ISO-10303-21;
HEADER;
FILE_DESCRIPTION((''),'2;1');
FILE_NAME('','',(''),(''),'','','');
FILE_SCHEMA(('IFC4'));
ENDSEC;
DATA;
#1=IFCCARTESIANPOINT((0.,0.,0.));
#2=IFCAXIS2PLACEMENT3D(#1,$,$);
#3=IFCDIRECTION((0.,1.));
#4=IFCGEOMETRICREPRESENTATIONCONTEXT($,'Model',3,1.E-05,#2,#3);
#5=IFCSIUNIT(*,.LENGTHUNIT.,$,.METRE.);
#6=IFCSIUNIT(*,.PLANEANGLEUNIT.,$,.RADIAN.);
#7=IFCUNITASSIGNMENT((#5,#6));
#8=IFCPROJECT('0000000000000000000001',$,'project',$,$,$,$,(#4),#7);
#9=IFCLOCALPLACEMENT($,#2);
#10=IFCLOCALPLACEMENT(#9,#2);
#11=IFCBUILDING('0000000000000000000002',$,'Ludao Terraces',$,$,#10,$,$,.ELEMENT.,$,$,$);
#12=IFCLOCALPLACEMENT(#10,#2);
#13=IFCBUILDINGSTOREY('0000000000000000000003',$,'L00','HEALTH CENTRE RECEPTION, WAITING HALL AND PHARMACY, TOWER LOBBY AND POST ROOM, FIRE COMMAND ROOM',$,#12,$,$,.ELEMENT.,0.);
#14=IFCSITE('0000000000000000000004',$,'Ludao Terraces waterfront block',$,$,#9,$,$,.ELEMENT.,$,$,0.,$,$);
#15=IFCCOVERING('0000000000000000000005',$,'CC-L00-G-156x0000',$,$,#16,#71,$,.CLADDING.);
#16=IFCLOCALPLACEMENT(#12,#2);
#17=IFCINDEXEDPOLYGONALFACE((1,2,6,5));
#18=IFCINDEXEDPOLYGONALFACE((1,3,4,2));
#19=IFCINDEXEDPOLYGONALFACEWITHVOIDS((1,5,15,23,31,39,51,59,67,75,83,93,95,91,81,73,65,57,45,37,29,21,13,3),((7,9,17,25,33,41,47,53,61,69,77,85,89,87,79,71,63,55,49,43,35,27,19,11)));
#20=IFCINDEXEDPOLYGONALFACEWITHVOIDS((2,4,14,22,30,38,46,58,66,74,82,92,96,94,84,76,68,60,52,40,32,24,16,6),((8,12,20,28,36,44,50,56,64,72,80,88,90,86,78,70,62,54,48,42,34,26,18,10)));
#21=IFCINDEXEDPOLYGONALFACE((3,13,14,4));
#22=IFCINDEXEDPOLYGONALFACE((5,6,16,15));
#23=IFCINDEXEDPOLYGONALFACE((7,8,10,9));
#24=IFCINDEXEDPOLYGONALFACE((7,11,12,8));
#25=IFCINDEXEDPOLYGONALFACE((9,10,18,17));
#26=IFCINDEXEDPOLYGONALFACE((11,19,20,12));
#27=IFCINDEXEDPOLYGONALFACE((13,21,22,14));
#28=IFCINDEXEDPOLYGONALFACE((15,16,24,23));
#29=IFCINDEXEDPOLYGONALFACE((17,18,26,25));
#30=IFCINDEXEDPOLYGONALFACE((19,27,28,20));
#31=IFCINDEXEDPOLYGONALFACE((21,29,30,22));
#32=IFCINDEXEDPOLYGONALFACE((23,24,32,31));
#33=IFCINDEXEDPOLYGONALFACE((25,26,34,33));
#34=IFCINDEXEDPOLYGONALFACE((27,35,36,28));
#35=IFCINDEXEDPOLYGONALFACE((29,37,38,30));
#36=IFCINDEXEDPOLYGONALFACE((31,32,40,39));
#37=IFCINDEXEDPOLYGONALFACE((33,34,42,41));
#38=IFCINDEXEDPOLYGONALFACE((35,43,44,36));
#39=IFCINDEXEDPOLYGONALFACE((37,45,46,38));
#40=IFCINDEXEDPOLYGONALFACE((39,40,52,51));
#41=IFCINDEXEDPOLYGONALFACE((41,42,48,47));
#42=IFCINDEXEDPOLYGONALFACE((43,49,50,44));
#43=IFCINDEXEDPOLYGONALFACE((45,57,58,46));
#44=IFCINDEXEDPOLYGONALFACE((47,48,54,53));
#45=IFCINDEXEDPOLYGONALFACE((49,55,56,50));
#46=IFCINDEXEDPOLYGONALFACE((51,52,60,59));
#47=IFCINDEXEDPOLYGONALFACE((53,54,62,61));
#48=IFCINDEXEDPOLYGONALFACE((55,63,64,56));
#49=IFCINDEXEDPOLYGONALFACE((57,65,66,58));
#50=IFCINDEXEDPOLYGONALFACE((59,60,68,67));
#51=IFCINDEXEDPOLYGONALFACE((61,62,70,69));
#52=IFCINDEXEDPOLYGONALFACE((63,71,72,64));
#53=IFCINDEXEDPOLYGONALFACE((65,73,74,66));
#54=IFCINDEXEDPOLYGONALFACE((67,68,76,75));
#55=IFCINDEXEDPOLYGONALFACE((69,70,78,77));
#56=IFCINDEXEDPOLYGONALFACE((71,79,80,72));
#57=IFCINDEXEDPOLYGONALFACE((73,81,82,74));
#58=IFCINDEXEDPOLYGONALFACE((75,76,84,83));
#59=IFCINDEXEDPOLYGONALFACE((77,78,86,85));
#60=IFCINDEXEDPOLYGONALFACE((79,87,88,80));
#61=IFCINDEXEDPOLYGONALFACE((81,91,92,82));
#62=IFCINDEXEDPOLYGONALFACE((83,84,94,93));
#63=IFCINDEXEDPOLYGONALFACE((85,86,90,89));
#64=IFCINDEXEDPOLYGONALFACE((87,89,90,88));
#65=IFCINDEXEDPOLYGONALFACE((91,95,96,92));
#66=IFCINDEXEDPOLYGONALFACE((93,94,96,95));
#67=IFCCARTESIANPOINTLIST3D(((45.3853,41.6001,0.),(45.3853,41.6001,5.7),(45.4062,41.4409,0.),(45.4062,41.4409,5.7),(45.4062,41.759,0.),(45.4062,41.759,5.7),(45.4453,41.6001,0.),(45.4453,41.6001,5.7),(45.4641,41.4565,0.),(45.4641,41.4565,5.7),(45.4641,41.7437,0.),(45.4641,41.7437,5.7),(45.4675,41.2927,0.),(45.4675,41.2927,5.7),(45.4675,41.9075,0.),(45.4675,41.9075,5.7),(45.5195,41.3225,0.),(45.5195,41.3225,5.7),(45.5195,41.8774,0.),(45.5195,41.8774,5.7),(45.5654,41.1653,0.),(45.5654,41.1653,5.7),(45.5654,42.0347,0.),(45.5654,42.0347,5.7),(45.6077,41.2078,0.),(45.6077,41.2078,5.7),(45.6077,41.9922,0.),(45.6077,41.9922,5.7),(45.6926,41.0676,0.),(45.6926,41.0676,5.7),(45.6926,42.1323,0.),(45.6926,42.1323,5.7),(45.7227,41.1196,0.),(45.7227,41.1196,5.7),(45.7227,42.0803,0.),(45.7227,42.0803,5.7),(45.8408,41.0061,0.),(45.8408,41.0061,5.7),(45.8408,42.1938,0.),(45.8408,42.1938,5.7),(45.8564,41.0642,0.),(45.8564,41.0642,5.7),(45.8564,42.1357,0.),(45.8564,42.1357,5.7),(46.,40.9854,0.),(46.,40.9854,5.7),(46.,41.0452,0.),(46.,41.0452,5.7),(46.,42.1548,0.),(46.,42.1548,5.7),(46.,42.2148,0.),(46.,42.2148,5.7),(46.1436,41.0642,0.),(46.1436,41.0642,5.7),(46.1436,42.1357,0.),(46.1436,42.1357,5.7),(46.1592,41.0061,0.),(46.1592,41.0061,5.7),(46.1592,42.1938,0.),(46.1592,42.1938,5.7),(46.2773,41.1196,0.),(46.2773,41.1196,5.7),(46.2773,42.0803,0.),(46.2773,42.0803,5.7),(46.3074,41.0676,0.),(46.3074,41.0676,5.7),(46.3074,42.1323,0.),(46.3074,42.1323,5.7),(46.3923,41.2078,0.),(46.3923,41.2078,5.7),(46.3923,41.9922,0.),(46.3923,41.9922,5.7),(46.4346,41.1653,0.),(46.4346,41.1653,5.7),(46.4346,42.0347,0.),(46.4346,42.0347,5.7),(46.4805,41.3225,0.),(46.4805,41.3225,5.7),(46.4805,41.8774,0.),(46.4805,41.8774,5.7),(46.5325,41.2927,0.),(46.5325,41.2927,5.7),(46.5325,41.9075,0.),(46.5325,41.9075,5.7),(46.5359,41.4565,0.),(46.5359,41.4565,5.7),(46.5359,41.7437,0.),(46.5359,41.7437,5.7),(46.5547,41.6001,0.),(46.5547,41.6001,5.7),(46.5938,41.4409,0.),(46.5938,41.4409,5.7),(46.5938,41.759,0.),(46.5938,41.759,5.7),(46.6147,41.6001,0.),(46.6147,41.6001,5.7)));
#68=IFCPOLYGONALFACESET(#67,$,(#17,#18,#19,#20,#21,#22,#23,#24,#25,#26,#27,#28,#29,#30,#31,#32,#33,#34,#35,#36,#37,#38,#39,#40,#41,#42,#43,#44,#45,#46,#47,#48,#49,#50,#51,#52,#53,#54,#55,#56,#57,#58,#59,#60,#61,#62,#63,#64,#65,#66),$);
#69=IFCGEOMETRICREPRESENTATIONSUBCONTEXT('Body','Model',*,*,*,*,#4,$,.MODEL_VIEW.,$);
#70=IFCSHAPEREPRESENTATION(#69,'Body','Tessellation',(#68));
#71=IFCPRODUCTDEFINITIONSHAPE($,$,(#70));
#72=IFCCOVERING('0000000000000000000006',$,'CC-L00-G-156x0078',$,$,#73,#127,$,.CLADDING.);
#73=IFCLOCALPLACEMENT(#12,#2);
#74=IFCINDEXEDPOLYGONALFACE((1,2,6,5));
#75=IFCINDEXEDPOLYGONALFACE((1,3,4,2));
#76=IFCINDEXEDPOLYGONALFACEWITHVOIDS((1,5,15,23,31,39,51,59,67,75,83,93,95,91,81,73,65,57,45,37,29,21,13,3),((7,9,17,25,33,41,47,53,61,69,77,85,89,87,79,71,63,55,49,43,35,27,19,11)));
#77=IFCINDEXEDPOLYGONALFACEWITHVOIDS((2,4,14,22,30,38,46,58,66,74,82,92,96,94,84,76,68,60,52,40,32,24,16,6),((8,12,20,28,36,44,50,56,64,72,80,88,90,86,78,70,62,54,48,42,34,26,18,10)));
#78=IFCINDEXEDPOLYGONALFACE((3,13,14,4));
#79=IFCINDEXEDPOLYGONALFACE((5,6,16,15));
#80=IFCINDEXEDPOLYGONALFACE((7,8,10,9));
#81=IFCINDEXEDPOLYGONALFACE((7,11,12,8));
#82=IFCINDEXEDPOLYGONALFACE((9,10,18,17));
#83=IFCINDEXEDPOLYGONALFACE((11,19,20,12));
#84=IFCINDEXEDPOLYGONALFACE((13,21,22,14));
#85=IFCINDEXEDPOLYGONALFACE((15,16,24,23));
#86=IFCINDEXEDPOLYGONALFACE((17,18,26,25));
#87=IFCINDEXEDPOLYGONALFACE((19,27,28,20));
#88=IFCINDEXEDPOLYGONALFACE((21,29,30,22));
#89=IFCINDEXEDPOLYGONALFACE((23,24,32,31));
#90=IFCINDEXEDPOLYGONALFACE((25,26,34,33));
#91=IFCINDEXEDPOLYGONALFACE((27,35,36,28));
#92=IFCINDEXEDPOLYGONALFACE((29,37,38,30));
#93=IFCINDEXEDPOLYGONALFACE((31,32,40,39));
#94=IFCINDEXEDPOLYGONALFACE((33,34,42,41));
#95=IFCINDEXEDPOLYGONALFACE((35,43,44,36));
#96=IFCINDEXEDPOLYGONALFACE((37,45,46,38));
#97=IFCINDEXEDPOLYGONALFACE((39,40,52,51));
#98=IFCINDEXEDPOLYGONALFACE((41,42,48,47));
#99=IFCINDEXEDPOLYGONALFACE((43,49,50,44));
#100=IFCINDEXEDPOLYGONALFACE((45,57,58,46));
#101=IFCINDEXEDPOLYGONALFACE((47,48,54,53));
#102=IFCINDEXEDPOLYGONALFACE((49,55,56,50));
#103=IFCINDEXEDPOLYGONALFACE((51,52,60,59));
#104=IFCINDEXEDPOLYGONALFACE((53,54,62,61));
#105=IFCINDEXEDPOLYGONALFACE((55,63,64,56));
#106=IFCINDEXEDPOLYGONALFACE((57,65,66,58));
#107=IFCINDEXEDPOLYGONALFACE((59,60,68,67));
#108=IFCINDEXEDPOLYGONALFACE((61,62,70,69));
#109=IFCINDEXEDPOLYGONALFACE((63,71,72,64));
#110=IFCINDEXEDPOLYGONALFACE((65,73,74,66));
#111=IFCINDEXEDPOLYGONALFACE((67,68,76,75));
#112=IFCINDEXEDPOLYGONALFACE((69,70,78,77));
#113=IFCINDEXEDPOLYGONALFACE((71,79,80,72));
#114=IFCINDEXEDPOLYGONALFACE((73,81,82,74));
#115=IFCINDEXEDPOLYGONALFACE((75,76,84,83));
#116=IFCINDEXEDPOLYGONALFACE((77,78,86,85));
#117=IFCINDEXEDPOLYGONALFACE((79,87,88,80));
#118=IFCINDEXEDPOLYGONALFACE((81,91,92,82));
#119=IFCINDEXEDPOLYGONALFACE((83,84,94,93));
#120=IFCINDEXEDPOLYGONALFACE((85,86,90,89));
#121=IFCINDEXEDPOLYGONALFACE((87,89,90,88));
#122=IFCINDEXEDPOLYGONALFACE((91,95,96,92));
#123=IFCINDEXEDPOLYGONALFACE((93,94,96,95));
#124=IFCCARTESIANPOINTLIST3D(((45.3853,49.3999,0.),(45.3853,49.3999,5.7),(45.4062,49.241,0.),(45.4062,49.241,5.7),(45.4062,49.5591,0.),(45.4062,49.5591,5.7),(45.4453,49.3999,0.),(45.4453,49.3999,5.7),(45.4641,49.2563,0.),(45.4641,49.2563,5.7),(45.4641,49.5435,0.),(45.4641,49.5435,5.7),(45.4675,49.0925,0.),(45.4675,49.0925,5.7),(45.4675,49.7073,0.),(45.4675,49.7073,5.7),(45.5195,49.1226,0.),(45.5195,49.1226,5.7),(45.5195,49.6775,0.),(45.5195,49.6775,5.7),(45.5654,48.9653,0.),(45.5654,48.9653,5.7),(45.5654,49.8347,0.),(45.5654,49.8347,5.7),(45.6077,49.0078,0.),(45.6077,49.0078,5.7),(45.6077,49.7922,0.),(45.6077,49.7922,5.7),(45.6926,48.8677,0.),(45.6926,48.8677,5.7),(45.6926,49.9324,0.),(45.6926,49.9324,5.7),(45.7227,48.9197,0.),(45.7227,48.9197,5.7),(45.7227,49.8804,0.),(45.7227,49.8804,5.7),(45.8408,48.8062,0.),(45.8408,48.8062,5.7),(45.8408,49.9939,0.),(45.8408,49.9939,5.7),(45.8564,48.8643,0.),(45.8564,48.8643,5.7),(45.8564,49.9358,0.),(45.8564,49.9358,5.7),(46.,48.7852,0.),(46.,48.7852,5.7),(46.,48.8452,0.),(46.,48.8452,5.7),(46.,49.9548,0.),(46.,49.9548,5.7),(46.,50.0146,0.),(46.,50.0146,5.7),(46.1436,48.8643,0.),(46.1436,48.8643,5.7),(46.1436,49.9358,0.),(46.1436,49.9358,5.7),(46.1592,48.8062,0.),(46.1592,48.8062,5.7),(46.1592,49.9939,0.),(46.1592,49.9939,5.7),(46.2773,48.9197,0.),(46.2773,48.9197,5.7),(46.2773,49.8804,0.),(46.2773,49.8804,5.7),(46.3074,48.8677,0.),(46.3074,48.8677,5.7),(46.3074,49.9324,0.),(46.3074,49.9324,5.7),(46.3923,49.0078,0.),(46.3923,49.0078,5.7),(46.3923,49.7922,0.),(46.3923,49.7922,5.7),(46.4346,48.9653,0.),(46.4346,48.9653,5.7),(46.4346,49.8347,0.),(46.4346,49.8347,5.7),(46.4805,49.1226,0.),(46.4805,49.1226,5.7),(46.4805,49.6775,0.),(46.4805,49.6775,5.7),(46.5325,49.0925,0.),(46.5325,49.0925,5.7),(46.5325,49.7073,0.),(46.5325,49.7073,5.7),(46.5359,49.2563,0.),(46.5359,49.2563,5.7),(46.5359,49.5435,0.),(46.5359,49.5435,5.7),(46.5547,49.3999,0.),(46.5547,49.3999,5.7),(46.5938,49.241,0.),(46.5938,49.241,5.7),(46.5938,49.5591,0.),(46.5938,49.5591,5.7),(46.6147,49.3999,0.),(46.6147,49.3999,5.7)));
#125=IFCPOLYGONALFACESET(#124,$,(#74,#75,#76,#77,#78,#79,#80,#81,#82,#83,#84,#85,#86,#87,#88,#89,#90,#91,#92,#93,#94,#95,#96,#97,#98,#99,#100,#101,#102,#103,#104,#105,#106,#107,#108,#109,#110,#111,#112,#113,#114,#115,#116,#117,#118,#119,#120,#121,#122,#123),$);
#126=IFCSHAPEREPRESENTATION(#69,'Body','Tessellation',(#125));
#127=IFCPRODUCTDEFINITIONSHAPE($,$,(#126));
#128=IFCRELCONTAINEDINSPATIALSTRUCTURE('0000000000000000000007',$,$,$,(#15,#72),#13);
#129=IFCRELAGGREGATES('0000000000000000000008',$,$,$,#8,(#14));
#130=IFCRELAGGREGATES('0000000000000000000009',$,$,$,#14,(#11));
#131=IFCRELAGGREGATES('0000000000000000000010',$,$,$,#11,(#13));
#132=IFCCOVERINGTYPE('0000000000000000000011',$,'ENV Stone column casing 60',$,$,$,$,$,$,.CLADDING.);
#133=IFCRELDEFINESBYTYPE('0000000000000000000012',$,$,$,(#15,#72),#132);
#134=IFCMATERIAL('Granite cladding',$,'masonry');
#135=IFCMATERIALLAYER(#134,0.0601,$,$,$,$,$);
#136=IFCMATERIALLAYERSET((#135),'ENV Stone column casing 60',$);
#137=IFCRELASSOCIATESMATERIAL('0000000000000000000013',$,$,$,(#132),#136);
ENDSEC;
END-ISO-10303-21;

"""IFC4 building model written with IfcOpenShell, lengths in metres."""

from ifc_helpers import new_model, si_unit, direction, origin, place, context, subcontext, project, spatial, polyline, outline, extrude, material, layer, layer_set, type_object, element, save


model = new_model("IFC4")

# Units and contexts
model_context = context("Model", 3, precision=1e-05, world=origin(), true_north=direction((0.0, 1.0)))
body_context = subcontext(model_context, "Body", "Model", "MODEL_VIEW")
ifc_project = project(units=[si_unit("LENGTHUNIT", "METRE"), si_unit("PLANEANGLEUNIT", "RADIAN")], contexts=[model_context])

# Site, building, storey
site_placement = place(None, origin())
site = spatial("IfcSite", under=ifc_project, at=site_placement, Name="Ludao Terraces waterfront block", CompositionType="ELEMENT", RefElevation=0.0)
building_placement = place(site_placement, origin())
building = spatial("IfcBuilding", under=site, at=building_placement, Name="Ludao Terraces", CompositionType="ELEMENT")
storey_placement = place(building_placement, origin())
storey = spatial("IfcBuildingStorey", under=building, at=storey_placement, Name="L00", Description="HEALTH CENTRE RECEPTION, WAITING HALL AND PHARMACY, TOWER LOBBY AND POST ROOM, FIRE COMMAND ROOM", CompositionType="ELEMENT", Elevation=0.0)

# Coverings
ifc_material_1 = material(Name="Granite cladding", Category="masonry")
ifc_layer_1 = layer(ifc_material_1, 0.0601)
ifc_layer_set_1 = layer_set([ifc_layer_1], Name="ENV Stone column casing 60")
covering_type_1 = type_object("IfcCoveringType", Name="ENV Stone column casing 60", PredefinedType="CLADDING", material=ifc_layer_set_1)
covering_1_placement = place(storey_placement, origin())
element("IfcCovering", 1, at=covering_1_placement, inside=storey, type_object=covering_type_1, Name="CC-L00-G-156x0000", PredefinedType="CLADDING", context=body_context, shape_type="SweptSolid", body=[
    extrude(outline(polyline([(46.6147, 41.6001), (46.5938, 41.759), (46.5325, 41.9075), (46.4346, 42.0347), (46.3074, 42.1323), (46.1592, 42.1938), (46.0, 42.2148), (45.8408, 42.1938), (45.6926, 42.1323), (45.5654, 42.0347), (45.4675, 41.9075), (45.4062, 41.759), (45.3853, 41.6001), (45.4062, 41.4409), (45.4675, 41.2927), (45.5654, 41.1653), (45.6926, 41.0676), (45.8408, 41.0061), (46.0, 40.9854), (46.1592, 41.0061), (46.3074, 41.0676), (46.4346, 41.1653), (46.5325, 41.2927), (46.5938, 41.4409), (46.6147, 41.6001)]), holes=[polyline([(46.5359, 41.4565), (46.4805, 41.3225), (46.3923, 41.2078), (46.2773, 41.1196), (46.1436, 41.0642), (46.0, 41.0452), (45.8564, 41.0642), (45.7227, 41.1196), (45.6077, 41.2078), (45.5195, 41.3225), (45.4641, 41.4565), (45.4453, 41.6001), (45.4641, 41.7437), (45.5195, 41.8774), (45.6077, 41.9922), (45.7227, 42.0803), (45.8564, 42.1357), (46.0, 42.1548), (46.1436, 42.1357), (46.2773, 42.0803), (46.3923, 41.9922), (46.4805, 41.8774), (46.5359, 41.7437), (46.5547, 41.6001), (46.5359, 41.4565)])]), origin(), (0.0, 0.0, 1.0), 5.7),
])
covering_2_placement = place(storey_placement, origin())
element("IfcCovering", 2, at=covering_2_placement, inside=storey, type_object=covering_type_1, Name="CC-L00-G-156x0078", PredefinedType="CLADDING", context=body_context, shape_type="SweptSolid", body=[
    extrude(outline(polyline([(46.6147, 49.3999), (46.5938, 49.5591), (46.5325, 49.7073), (46.4346, 49.8347), (46.3074, 49.9324), (46.1592, 49.9939), (46.0, 50.0146), (45.8408, 49.9939), (45.6926, 49.9324), (45.5654, 49.8347), (45.4675, 49.7073), (45.4062, 49.5591), (45.3853, 49.3999), (45.4062, 49.241), (45.4675, 49.0925), (45.5654, 48.9653), (45.6926, 48.8677), (45.8408, 48.8062), (46.0, 48.7852), (46.1592, 48.8062), (46.3074, 48.8677), (46.4346, 48.9653), (46.5325, 49.0925), (46.5938, 49.241), (46.6147, 49.3999)]), holes=[polyline([(46.5359, 49.2563), (46.4805, 49.1226), (46.3923, 49.0078), (46.2773, 48.9197), (46.1436, 48.8643), (46.0, 48.8452), (45.8564, 48.8643), (45.7227, 48.9197), (45.6077, 49.0078), (45.5195, 49.1226), (45.4641, 49.2563), (45.4453, 49.3999), (45.4641, 49.5435), (45.5195, 49.6775), (45.6077, 49.7922), (45.7227, 49.8804), (45.8564, 49.9358), (46.0, 49.9548), (46.1436, 49.9358), (46.2773, 49.8804), (46.3923, 49.7922), (46.4805, 49.6775), (46.5359, 49.5435), (46.5547, 49.3999), (46.5359, 49.2563)])]), origin(), (0.0, 0.0, 1.0), 5.7),
])

save(model, "model.ifc")
